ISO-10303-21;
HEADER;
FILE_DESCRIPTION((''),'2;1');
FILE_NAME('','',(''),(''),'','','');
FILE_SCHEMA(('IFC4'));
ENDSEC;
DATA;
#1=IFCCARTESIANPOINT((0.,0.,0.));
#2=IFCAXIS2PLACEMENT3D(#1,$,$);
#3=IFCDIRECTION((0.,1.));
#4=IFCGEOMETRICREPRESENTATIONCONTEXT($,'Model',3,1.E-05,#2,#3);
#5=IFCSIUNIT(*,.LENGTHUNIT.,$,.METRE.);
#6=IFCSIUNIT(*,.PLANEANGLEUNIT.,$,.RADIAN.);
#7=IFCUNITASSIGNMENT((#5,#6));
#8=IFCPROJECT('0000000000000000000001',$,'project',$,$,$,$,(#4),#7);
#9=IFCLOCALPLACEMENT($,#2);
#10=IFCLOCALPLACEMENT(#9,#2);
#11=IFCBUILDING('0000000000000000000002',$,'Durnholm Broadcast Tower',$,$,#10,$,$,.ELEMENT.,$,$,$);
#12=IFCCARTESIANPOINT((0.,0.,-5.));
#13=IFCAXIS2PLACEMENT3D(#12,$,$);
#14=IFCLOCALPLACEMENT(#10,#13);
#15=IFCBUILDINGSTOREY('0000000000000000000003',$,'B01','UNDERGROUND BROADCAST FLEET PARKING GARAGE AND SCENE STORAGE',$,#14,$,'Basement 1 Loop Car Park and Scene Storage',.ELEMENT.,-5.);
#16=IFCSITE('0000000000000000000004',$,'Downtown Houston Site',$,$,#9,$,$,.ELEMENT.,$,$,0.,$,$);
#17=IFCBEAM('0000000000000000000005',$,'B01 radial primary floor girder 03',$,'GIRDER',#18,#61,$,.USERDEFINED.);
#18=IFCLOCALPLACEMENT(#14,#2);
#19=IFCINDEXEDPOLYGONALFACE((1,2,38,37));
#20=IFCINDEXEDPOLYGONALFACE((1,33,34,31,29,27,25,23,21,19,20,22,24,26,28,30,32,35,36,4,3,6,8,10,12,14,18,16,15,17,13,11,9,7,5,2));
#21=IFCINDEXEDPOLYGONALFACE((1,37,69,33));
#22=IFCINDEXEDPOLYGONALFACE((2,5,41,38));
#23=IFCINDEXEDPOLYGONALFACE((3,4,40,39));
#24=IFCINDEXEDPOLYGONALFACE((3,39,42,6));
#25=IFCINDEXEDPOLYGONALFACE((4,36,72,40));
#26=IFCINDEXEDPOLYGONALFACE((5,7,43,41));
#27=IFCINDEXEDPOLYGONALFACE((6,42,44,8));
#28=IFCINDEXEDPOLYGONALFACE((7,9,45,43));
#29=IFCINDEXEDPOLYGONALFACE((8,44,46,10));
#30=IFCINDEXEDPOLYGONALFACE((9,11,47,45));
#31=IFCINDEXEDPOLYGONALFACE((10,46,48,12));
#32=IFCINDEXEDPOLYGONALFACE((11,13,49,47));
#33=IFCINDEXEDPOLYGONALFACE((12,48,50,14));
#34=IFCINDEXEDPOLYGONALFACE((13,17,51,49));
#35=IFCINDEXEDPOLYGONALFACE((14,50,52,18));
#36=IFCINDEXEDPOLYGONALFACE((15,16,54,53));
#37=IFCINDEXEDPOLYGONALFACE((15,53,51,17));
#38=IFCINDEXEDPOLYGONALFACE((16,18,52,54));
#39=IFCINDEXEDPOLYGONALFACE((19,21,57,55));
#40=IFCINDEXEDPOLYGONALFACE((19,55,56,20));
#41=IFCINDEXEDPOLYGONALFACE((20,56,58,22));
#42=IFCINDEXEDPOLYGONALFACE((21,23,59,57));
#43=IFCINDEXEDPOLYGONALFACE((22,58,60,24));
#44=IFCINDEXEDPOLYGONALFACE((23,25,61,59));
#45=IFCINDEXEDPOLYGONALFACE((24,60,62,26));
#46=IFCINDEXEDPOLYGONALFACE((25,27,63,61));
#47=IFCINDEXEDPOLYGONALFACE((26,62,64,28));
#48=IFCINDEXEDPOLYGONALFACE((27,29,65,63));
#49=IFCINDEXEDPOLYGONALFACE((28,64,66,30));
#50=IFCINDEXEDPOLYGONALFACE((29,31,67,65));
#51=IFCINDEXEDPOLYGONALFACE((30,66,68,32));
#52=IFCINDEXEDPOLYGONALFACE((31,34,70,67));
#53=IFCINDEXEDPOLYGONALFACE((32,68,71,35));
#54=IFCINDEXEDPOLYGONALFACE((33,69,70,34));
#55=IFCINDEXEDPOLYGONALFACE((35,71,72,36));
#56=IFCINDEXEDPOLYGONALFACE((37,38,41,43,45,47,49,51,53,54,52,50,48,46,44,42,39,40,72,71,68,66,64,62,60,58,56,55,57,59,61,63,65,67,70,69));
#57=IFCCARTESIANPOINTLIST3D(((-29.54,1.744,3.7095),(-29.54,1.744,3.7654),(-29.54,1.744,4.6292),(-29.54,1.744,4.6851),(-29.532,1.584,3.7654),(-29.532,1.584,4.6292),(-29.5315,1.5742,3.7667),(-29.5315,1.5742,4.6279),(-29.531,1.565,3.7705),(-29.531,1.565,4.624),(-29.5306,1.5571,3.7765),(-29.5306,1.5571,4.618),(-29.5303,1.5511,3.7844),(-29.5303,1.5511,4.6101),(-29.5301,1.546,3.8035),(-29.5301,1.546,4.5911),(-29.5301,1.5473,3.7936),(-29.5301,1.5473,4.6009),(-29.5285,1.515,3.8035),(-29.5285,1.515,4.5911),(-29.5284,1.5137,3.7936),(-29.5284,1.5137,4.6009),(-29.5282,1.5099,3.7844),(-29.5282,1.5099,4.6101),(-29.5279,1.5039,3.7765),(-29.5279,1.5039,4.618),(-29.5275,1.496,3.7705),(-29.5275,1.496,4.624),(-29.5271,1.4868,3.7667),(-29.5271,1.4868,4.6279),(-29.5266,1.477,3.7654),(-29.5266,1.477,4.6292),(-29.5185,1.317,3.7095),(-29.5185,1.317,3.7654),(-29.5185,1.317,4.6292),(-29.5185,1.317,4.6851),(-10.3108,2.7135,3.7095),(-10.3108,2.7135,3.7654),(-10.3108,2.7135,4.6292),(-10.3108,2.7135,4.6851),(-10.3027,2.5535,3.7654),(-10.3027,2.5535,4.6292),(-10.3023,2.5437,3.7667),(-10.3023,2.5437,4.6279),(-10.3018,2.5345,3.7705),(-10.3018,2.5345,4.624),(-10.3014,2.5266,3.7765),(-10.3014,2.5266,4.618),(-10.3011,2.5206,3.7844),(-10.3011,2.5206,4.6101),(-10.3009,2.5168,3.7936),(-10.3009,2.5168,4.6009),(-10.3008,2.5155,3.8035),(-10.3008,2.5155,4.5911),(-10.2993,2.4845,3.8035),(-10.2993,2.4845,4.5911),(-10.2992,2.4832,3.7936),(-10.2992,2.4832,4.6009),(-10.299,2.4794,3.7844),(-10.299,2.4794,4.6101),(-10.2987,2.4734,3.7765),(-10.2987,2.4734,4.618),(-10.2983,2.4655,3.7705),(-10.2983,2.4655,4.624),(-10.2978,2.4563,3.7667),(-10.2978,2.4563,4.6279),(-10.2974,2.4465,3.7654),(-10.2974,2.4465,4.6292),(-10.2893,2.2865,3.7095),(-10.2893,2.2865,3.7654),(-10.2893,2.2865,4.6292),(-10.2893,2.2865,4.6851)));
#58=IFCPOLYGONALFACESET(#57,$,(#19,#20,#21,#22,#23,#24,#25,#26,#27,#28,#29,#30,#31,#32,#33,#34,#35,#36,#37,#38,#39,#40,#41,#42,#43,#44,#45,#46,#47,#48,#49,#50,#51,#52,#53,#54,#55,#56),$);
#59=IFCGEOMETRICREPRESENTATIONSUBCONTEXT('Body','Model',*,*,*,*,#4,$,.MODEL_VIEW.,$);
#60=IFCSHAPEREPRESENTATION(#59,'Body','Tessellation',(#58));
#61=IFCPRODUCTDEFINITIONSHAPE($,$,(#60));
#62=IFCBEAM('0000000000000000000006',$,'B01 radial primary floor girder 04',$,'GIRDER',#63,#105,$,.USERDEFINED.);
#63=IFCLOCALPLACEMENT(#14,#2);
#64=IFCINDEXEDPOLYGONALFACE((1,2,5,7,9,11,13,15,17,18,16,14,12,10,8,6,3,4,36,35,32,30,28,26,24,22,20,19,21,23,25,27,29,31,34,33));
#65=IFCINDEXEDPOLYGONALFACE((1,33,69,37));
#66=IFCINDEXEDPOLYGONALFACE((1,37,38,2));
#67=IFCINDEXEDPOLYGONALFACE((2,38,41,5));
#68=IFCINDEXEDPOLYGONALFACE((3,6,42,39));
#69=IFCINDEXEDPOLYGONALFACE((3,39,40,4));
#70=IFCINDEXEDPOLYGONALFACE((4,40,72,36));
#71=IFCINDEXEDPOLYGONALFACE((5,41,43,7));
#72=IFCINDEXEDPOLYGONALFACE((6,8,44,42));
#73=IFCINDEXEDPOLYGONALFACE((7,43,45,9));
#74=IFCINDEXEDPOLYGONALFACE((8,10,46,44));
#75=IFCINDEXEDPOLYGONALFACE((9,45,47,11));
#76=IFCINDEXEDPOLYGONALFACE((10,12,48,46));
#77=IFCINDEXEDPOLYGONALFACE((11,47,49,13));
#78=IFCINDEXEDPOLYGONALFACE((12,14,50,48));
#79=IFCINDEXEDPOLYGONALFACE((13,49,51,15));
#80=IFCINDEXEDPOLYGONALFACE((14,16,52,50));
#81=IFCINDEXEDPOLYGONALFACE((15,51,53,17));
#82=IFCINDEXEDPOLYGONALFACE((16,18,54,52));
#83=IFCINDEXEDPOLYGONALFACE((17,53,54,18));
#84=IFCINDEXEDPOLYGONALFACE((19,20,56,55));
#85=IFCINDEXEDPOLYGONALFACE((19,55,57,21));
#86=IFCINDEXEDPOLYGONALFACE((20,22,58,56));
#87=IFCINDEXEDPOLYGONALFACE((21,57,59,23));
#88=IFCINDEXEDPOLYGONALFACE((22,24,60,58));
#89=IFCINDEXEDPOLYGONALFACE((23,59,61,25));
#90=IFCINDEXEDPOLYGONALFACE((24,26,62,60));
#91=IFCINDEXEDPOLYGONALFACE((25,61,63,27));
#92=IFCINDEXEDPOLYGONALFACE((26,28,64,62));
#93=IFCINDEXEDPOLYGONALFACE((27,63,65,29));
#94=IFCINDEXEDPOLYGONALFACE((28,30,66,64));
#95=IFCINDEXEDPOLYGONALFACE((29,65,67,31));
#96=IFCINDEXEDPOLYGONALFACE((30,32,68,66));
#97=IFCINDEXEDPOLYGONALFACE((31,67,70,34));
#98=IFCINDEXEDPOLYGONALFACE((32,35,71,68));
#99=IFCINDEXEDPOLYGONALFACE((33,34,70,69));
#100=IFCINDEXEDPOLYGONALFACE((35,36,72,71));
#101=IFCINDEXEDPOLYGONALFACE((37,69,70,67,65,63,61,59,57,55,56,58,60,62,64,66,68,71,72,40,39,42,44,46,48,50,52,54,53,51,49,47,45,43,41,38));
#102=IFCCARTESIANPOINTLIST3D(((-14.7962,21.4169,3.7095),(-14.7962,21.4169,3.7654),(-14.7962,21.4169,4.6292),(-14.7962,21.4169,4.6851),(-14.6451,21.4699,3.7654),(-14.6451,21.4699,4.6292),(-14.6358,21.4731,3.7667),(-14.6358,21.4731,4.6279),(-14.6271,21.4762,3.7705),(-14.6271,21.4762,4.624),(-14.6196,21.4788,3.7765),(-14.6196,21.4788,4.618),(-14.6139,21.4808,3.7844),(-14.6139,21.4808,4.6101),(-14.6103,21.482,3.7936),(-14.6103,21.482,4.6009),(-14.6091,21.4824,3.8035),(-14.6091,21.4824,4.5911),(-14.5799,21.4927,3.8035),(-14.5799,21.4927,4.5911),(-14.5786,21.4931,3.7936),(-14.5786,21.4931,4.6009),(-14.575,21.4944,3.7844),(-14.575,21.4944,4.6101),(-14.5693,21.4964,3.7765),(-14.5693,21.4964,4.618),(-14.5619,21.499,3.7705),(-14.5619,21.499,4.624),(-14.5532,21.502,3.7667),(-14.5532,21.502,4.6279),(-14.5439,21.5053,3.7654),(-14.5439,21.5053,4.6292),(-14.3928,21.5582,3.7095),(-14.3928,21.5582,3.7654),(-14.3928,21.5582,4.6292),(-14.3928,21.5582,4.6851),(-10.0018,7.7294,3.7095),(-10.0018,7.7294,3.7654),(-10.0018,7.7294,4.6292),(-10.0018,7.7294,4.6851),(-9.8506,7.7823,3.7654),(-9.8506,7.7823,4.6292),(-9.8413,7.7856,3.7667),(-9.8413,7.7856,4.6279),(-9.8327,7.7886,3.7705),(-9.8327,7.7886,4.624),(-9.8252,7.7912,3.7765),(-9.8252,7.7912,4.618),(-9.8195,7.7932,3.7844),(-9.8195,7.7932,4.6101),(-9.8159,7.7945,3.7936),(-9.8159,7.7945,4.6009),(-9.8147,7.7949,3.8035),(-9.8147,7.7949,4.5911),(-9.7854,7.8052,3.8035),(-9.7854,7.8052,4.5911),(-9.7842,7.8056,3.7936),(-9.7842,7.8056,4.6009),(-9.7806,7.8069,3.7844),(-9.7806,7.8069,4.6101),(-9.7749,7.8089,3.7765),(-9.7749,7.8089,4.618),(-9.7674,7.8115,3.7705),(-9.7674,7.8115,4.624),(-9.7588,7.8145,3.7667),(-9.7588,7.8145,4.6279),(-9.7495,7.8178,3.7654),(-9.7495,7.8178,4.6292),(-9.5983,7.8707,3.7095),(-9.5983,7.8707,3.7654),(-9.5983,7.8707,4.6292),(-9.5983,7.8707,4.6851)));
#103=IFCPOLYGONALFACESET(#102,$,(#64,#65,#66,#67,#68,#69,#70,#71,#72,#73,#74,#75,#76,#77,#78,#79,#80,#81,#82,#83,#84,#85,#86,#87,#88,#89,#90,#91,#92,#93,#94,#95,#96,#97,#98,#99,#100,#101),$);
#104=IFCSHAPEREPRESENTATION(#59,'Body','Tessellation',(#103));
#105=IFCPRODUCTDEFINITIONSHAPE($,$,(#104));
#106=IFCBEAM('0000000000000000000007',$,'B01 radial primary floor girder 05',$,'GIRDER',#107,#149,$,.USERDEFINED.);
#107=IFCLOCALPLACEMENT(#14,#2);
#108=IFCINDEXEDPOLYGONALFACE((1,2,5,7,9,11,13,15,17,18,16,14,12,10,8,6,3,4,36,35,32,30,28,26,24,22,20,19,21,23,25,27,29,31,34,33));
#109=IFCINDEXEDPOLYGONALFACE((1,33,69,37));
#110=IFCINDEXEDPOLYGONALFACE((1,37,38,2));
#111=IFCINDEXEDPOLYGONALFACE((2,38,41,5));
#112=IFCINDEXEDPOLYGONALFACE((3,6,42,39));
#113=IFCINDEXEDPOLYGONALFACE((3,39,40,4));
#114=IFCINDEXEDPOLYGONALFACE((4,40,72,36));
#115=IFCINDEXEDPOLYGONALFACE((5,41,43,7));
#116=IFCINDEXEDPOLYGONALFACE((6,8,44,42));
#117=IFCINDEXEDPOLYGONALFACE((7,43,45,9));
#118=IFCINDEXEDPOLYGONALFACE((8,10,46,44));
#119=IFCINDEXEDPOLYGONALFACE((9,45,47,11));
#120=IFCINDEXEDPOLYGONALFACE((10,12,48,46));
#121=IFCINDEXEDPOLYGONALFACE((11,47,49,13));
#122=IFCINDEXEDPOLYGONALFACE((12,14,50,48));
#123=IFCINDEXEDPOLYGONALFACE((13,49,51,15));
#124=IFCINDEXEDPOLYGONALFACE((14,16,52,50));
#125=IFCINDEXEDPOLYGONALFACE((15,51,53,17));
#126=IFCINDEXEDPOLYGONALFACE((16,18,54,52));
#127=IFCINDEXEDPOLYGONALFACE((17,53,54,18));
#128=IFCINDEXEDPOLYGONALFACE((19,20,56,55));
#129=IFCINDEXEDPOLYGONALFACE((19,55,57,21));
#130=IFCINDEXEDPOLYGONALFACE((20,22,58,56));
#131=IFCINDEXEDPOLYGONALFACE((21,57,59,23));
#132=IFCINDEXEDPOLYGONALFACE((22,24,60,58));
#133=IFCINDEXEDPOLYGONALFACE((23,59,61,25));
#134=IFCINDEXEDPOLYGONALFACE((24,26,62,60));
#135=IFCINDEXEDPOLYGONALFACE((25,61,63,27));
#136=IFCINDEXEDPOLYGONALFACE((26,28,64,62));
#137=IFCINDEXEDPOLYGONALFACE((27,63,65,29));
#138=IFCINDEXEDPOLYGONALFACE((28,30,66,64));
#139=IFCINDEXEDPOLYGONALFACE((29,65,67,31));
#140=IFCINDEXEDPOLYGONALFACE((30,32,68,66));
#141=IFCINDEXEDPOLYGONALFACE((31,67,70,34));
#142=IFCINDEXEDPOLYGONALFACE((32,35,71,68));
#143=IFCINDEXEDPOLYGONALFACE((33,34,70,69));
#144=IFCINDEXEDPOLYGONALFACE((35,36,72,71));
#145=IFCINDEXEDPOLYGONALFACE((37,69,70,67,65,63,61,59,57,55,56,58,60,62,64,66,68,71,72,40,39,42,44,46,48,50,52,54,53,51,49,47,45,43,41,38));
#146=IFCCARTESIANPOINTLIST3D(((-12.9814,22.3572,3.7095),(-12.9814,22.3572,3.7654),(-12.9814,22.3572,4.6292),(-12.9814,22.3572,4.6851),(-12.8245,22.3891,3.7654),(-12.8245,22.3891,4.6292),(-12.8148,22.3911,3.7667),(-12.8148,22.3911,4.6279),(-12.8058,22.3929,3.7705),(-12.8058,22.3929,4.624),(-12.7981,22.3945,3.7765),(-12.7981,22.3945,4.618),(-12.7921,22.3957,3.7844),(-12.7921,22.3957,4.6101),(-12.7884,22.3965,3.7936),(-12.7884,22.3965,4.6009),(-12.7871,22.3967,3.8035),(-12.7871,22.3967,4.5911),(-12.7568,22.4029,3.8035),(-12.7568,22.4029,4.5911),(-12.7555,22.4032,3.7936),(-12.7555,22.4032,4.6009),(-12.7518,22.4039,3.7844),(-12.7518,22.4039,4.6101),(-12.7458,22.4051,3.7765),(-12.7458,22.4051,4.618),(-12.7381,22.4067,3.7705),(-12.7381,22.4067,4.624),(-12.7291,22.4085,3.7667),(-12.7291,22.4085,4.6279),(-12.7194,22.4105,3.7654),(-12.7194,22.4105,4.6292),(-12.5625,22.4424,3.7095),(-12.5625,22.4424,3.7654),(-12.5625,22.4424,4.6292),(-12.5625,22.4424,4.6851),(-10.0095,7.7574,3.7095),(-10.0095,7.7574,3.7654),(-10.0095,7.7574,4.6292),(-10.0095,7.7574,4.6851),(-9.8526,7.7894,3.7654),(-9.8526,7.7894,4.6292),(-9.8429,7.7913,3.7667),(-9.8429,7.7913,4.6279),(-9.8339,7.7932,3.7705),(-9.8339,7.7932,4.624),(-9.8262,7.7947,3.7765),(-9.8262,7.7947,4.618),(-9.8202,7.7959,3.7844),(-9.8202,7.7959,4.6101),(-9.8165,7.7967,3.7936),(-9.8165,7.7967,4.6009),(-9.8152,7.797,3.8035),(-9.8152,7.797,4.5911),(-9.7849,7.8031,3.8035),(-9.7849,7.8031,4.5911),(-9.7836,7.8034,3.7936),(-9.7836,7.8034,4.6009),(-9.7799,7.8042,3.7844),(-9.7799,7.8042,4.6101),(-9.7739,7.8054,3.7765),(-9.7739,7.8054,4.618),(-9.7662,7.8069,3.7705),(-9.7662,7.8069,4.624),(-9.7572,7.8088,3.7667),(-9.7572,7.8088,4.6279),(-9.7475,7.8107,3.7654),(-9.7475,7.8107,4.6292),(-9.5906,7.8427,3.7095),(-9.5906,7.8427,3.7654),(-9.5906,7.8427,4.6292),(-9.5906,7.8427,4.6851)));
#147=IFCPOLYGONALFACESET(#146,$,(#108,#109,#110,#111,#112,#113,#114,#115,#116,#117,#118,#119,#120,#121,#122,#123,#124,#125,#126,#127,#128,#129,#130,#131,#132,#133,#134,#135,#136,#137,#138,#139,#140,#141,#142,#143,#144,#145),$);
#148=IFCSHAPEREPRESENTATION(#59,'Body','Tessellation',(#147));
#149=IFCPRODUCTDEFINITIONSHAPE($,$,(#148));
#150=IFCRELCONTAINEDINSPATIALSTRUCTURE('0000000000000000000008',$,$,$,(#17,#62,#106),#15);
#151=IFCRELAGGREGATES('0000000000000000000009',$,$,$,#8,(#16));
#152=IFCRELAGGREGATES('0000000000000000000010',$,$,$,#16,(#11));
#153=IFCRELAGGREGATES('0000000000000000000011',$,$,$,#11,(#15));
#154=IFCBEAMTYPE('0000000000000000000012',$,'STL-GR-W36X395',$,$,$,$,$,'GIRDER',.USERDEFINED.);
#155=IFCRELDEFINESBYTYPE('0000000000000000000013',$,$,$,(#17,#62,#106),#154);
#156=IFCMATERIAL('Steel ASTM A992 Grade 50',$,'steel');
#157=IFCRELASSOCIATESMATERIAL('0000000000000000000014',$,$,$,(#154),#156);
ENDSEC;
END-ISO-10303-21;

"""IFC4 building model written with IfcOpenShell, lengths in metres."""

from ifc_helpers import new_model, si_unit, direction, frame, origin, origin_2d, place, context, subcontext, project, spatial, i_section, extrude, source, transform, mapped, material, material_profile, profile_set, type_object, element, save


model = new_model("IFC4")

# Units and contexts
model_context = context("Model", 3, precision=1e-05, world=origin(), true_north=direction((0.0, 1.0)))
body_context = subcontext(model_context, "Body", "Model", "MODEL_VIEW")
ifc_project = project(units=[si_unit("LENGTHUNIT", "METRE"), si_unit("PLANEANGLEUNIT", "RADIAN")], contexts=[model_context])

# Site, building, storey
site_placement = place(None, origin())
site = spatial("IfcSite", under=ifc_project, at=site_placement, Name="Downtown Houston Site", CompositionType="ELEMENT", RefElevation=0.0)
building_placement = place(site_placement, origin())
building = spatial("IfcBuilding", under=site, at=building_placement, Name="Durnholm Broadcast Tower", CompositionType="ELEMENT")
storey_placement = place(building_placement, frame((0.0, 0.0, -5.0)))
storey = spatial("IfcBuildingStorey", under=building, at=storey_placement, Name="B01", Description="UNDERGROUND BROADCAST FLEET PARKING GARAGE AND SCENE STORAGE", LongName="Basement 1 Loop Car Park and Scene Storage", CompositionType="ELEMENT", Elevation=-5.0)

# Beams
ifc_material_1 = material(Name="Steel ASTM A992 Grade 50", Category="steel")
ifc_material_profile_1 = material_profile(ifc_material_1, i_section(OverallWidth=0.4275, OverallDepth=0.9756, WebThickness=0.031, FlangeThickness=0.0559, FilletRadius=0.0381, at=origin_2d()), Name="W36X395")
ifc_profile_set_1 = profile_set([ifc_material_profile_1], Name="Steel ASTM A992 Grade 50")
beam_type_1 = type_object("IfcBeamType", Name="STL-GR-W36X395", ElementType="GIRDER", PredefinedType="USERDEFINED", material=ifc_profile_set_1)
shared_shape_1 = source(origin(), body_context, "Body", "SweptSolid", [
    extrude(i_section(OverallWidth=0.4275, OverallDepth=0.9756, WebThickness=0.031, FlangeThickness=0.0559, FilletRadius=0.0381, at=origin_2d()), origin(), (0.0, 0.0, 1.0), 19.2537),
])
beam_1_placement = place(storey_placement, frame((-10.3, 2.5, 4.1973), z_axis=(-0.998731, -0.050353, 0.0), x_axis=(0.050353, -0.998731, 0.0)))
element("IfcBeam", 1, at=beam_1_placement, inside=storey, type_object=beam_type_1, Name="B01 radial primary floor girder 03", ObjectType="GIRDER", PredefinedType="USERDEFINED", context=body_context, shape_type="MappedRepresentation", body=[
    mapped(shared_shape_1, transform((0.0, 0.0, 0.0), x_axis=(1.0, 0.0, 0.0), y_axis=(0.0, 1.0, 0.0), z_axis=(0.0, 0.0, 1.0), scale=1.0)),
])
shared_shape_2 = source(origin(), body_context, "Body", "SweptSolid", [
    extrude(i_section(OverallWidth=0.4275, OverallDepth=0.9756, WebThickness=0.031, FlangeThickness=0.0559, FilletRadius=0.0381, at=origin_2d()), origin(), (0.0, 0.0, 1.0), 14.5029),
])
beam_2_placement = place(storey_placement, frame((-9.8, 7.8, 4.1973), z_axis=(-0.330584, 0.943776, 0.0), x_axis=(-0.943776, -0.330584, 0.0)))
element("IfcBeam", 2, at=beam_2_placement, inside=storey, type_object=beam_type_1, Name="B01 radial primary floor girder 04", ObjectType="GIRDER", PredefinedType="USERDEFINED", context=body_context, shape_type="MappedRepresentation", body=[
    mapped(shared_shape_2, transform((0.0, 0.0, 0.0), x_axis=(1.0, 0.0, 0.0), y_axis=(0.0, 1.0, 0.0), z_axis=(0.0, 0.0, 1.0), scale=1.0)),
])
shared_shape_3 = source(origin(), body_context, "Body", "SweptSolid", [
    extrude(i_section(OverallWidth=0.4275, OverallDepth=0.9756, WebThickness=0.031, FlangeThickness=0.0559, FilletRadius=0.0381, at=origin_2d()), origin(), (0.0, 0.0, 1.0), 14.8992),
])
beam_3_placement = place(storey_placement, frame((-9.8, 7.8, 4.1973), z_axis=(-0.199468, 0.979904, 0.0), x_axis=(-0.979904, -0.199468, 0.0)))
element("IfcBeam", 3, at=beam_3_placement, inside=storey, type_object=beam_type_1, Name="B01 radial primary floor girder 05", ObjectType="GIRDER", PredefinedType="USERDEFINED", context=body_context, shape_type="MappedRepresentation", body=[
    mapped(shared_shape_3, transform((0.0, 0.0, 0.0), x_axis=(1.0, 0.0, 0.0), y_axis=(0.0, 1.0, 0.0), z_axis=(0.0, 0.0, 1.0), scale=1.0)),
])

save(model, "model.ifc")
